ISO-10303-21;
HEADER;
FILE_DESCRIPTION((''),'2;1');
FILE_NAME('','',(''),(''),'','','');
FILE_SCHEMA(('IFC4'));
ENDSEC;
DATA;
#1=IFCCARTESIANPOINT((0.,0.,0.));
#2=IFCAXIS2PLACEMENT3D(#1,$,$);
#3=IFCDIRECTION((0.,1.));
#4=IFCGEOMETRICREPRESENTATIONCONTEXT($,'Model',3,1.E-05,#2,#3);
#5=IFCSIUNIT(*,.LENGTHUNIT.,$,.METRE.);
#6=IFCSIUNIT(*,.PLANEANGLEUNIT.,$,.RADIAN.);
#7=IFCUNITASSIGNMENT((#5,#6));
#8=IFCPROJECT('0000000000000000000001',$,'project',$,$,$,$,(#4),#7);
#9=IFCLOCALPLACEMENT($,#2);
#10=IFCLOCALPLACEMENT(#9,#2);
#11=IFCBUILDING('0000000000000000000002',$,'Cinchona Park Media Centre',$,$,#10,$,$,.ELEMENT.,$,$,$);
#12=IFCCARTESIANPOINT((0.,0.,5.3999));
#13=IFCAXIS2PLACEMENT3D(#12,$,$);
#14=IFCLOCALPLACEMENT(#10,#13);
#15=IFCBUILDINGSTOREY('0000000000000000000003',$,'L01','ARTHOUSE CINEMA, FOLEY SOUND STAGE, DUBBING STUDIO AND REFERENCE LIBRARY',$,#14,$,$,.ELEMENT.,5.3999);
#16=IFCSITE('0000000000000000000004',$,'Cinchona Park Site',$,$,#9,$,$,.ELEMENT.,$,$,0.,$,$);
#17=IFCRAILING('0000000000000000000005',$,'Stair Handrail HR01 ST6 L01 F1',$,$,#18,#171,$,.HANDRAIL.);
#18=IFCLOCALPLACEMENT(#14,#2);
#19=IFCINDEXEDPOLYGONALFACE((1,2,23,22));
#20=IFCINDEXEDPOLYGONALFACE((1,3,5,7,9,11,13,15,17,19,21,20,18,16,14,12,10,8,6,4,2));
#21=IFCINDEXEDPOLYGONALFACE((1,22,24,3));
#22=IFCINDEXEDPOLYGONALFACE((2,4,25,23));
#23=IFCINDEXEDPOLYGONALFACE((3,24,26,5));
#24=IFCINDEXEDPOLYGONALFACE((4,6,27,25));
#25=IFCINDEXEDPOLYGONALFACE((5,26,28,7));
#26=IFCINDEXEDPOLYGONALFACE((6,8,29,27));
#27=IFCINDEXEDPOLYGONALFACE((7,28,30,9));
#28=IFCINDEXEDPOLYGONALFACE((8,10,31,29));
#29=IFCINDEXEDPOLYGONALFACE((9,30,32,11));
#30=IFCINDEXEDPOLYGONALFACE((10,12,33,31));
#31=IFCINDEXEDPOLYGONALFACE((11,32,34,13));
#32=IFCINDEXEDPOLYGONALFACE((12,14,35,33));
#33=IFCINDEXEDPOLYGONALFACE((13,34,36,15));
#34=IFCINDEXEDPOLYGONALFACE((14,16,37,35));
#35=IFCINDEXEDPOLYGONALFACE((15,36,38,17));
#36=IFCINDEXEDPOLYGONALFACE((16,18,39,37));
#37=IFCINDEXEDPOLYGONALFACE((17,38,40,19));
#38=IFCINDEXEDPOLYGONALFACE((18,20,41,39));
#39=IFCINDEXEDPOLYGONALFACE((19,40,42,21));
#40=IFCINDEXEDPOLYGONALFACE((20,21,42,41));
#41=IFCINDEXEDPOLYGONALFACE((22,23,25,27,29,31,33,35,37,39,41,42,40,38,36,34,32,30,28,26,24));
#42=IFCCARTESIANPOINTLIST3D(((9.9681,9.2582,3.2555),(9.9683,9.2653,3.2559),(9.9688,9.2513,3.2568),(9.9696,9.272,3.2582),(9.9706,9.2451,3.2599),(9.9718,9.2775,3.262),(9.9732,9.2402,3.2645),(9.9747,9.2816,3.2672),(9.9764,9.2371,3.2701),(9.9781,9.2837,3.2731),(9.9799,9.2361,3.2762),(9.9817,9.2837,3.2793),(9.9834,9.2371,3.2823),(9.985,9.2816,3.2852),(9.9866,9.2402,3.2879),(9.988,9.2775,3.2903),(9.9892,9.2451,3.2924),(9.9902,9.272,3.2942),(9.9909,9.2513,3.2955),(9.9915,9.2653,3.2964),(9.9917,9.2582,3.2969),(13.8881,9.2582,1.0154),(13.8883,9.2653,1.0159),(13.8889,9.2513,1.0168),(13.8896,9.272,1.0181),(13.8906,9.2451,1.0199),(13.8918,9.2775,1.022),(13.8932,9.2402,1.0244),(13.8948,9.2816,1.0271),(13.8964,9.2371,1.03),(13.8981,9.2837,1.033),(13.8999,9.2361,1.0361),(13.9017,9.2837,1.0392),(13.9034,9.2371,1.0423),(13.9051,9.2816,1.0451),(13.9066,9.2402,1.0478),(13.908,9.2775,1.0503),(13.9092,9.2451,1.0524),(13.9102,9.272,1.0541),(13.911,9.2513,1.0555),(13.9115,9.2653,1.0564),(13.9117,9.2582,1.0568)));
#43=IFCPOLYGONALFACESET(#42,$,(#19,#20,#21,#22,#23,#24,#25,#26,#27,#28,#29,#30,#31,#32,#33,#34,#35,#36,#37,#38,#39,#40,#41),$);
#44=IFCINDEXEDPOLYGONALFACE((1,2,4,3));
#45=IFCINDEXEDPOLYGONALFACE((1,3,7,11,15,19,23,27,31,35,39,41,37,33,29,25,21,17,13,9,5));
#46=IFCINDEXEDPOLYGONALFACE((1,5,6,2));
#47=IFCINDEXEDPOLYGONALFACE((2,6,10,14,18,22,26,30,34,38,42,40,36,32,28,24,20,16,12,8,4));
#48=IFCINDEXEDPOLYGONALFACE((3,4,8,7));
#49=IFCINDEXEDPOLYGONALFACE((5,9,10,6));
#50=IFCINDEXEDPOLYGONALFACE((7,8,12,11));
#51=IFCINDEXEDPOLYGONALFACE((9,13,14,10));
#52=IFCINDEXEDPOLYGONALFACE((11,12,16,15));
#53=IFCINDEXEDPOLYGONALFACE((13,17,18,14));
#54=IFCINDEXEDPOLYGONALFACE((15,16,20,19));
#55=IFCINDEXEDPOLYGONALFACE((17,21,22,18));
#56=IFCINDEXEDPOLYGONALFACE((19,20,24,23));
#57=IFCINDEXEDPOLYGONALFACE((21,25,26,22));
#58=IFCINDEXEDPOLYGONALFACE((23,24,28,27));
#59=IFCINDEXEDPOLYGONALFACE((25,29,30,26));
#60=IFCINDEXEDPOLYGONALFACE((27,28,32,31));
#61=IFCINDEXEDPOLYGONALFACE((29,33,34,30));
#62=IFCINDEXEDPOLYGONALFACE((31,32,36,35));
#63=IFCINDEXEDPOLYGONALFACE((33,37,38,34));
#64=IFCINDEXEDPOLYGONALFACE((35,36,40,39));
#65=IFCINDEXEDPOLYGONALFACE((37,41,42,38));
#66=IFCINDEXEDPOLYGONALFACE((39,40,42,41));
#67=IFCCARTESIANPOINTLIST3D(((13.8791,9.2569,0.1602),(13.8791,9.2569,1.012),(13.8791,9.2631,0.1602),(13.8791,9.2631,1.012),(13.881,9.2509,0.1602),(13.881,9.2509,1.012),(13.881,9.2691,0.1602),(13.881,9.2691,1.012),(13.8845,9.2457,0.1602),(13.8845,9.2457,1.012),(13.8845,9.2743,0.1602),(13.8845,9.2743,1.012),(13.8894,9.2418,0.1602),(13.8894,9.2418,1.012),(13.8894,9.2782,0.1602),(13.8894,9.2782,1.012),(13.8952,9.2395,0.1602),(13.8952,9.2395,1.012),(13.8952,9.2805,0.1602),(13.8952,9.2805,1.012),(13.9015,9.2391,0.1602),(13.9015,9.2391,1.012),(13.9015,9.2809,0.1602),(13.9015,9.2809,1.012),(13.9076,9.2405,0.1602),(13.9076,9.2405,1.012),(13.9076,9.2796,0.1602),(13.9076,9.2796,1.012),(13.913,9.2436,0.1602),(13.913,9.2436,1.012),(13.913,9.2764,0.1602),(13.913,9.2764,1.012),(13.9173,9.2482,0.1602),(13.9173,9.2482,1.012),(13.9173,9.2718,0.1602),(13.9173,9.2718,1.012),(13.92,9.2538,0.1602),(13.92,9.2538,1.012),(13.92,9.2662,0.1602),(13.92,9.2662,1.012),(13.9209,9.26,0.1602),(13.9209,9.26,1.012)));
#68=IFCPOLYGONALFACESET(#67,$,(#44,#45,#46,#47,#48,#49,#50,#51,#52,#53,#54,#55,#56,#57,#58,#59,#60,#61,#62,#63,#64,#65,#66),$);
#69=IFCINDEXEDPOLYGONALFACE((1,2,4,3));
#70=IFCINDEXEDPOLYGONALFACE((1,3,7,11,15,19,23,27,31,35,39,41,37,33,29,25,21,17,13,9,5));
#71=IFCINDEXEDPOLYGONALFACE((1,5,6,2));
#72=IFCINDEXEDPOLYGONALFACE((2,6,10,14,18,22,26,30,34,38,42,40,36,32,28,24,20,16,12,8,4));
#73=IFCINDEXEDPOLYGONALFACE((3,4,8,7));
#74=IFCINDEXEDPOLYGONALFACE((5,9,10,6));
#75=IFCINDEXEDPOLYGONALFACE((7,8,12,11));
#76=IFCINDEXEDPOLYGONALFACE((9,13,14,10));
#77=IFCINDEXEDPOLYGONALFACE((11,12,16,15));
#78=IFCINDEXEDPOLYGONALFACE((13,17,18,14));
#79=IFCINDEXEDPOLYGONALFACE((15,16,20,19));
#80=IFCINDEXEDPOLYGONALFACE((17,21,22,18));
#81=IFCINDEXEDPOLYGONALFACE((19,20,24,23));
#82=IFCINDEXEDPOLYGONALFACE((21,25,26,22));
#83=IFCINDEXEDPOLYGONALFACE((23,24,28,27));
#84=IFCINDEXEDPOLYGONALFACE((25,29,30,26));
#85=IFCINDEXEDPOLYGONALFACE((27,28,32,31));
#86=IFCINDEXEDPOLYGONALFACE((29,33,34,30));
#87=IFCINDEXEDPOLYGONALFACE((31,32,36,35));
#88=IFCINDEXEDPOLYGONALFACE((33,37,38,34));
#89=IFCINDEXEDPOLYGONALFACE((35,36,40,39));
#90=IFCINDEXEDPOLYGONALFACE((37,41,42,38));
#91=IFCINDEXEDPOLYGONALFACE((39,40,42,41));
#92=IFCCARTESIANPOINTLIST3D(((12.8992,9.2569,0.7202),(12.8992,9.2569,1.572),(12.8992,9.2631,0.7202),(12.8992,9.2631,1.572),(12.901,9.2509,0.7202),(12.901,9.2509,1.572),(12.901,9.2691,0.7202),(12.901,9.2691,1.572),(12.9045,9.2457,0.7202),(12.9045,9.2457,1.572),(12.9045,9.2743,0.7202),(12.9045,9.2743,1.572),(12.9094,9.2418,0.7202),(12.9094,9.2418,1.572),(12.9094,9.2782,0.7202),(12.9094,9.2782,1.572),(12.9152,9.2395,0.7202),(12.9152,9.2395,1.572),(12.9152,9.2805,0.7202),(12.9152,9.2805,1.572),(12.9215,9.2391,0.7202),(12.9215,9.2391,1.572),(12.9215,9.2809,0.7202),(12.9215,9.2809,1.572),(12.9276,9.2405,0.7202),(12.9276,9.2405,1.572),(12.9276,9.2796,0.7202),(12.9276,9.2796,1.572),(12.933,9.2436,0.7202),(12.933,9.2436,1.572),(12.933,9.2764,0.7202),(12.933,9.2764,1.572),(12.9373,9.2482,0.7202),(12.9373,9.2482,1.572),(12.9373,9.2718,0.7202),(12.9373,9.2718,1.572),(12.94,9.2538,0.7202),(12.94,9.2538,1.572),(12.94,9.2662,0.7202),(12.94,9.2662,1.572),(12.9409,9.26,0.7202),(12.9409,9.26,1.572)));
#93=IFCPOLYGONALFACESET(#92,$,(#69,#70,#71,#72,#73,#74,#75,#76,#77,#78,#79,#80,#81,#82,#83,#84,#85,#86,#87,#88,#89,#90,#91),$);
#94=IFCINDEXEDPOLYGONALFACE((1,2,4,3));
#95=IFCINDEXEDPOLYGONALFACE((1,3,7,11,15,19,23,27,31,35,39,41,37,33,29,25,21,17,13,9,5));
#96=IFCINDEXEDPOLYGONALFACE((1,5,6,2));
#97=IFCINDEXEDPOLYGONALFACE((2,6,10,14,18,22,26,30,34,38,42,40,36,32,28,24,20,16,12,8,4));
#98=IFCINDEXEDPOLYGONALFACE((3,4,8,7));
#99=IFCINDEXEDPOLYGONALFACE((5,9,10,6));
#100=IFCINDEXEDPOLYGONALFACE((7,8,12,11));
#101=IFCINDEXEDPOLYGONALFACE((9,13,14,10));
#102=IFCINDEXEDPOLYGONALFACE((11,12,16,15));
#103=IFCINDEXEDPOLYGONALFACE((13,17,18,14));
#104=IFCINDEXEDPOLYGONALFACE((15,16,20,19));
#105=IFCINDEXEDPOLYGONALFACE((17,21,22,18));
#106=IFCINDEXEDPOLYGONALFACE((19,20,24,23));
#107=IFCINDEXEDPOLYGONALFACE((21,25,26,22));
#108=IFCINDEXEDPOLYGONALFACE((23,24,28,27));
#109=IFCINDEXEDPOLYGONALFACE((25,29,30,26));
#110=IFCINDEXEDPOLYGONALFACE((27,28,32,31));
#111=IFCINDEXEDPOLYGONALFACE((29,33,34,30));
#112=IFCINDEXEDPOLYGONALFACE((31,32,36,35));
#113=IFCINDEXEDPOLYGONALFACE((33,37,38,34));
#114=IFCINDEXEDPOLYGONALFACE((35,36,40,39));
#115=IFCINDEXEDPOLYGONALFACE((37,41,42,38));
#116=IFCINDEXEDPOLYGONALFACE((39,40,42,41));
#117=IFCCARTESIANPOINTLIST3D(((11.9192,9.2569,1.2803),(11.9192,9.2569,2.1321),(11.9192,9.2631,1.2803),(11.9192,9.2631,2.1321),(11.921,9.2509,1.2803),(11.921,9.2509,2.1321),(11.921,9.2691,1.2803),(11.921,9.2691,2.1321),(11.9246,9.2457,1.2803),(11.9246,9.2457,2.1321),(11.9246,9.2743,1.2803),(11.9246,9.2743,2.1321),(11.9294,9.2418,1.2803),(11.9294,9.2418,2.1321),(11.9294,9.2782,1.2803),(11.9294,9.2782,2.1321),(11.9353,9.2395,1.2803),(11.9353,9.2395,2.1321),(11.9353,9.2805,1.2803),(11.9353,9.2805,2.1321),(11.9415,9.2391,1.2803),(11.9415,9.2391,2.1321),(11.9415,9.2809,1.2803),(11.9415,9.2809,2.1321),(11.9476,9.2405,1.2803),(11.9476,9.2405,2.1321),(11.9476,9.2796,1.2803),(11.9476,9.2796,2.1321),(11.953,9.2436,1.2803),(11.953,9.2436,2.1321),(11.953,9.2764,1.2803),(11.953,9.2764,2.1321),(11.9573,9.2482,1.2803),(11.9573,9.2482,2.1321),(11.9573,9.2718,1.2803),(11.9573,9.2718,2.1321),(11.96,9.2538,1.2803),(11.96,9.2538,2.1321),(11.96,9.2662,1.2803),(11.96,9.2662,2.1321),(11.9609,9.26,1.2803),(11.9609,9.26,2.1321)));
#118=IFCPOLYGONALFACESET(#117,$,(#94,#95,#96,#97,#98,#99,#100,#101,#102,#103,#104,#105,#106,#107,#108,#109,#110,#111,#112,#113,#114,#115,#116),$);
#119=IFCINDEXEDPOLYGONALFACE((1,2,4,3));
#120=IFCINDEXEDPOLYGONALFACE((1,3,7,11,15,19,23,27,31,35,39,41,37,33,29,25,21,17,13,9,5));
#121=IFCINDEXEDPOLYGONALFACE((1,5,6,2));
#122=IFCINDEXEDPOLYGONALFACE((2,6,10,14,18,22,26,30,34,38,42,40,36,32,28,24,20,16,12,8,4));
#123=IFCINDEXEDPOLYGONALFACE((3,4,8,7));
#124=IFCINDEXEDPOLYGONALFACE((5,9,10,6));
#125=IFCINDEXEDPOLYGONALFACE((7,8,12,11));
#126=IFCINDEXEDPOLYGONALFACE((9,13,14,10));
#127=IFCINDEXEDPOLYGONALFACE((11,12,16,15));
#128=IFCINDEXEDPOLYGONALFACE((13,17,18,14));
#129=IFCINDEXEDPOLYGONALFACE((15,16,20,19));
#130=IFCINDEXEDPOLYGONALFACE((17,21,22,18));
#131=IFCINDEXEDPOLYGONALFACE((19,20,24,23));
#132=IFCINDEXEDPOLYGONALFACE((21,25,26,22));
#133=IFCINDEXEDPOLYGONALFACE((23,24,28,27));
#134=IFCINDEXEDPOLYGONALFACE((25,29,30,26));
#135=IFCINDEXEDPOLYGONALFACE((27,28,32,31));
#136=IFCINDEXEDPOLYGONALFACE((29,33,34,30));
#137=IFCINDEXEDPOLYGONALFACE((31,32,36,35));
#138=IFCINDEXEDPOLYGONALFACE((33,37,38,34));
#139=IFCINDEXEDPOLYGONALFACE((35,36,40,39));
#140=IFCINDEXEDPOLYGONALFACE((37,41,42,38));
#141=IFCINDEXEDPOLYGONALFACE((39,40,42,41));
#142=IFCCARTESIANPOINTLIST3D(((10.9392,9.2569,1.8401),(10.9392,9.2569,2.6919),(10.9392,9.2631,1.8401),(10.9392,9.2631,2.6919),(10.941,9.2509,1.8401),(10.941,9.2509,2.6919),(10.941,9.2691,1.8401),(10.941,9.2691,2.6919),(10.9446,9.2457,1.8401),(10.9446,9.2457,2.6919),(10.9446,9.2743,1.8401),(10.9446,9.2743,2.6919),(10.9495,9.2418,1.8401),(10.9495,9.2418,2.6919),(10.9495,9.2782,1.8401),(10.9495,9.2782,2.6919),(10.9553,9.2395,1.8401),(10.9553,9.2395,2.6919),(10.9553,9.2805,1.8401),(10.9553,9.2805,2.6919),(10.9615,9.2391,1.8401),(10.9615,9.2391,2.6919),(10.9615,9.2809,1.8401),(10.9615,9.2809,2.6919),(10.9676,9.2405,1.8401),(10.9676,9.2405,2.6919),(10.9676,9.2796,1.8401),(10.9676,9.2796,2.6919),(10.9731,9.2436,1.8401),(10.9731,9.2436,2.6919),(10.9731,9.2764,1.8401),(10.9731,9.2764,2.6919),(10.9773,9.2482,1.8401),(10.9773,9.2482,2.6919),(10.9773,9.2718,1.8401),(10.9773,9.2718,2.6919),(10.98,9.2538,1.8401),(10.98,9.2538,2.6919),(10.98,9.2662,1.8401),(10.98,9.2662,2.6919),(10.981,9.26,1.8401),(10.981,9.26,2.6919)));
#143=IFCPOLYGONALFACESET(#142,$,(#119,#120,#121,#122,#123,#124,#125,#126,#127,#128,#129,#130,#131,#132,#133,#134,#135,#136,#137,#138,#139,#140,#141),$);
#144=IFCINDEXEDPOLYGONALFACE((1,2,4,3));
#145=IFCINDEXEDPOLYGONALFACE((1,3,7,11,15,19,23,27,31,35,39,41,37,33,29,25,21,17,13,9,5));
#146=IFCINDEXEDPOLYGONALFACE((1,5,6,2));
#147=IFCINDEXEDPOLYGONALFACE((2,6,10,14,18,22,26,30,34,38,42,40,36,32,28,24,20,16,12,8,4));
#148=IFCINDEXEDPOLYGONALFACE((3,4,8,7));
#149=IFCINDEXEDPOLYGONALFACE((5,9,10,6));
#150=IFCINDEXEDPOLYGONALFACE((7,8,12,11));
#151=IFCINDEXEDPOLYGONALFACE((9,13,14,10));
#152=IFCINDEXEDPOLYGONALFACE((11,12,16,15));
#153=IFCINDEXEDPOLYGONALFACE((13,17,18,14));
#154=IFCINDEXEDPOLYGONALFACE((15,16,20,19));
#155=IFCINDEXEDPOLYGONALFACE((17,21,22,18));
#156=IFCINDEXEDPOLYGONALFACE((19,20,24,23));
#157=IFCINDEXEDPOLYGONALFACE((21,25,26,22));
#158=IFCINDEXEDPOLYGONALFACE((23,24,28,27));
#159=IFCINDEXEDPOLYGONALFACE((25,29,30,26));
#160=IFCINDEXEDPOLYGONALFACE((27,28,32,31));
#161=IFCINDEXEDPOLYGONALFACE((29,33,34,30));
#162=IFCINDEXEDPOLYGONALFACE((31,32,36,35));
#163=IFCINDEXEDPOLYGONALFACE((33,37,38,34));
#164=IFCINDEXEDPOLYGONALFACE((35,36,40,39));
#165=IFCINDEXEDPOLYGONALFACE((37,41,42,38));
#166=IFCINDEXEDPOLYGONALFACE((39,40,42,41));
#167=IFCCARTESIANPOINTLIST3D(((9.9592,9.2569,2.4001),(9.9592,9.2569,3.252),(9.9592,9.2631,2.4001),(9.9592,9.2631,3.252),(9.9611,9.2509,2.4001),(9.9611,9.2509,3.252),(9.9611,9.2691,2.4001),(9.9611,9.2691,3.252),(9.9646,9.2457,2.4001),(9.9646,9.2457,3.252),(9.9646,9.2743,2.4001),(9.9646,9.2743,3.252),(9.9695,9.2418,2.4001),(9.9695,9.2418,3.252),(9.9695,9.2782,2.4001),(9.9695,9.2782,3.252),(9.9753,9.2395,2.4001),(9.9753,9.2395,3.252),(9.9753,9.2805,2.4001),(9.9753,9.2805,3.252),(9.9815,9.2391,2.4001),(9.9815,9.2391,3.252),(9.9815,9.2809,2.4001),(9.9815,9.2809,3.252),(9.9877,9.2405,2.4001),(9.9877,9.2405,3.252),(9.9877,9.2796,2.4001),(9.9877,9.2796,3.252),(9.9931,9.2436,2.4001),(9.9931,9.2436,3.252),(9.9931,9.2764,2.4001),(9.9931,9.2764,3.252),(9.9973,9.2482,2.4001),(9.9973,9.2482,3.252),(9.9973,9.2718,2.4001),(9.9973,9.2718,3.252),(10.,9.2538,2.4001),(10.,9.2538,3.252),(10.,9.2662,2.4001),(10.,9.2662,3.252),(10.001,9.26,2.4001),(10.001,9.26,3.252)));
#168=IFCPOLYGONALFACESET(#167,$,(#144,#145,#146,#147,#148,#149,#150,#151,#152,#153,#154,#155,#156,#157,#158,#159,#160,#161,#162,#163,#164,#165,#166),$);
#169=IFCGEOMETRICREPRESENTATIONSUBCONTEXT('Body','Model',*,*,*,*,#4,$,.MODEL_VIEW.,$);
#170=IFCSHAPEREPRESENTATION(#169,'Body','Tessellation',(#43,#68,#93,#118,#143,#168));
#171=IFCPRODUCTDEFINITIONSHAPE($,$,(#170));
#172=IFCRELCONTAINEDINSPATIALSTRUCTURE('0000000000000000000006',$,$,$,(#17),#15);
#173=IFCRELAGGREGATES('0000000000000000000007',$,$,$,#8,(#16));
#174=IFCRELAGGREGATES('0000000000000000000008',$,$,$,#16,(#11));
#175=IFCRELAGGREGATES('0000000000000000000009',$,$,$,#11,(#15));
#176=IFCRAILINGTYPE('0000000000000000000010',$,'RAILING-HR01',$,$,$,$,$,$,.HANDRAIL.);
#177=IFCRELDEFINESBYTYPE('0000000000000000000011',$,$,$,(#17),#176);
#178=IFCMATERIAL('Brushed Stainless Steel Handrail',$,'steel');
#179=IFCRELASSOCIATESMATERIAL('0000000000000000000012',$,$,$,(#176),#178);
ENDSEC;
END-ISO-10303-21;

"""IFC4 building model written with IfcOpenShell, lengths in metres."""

from ifc_helpers import new_model, si_unit, direction, frame, origin, origin_2d, place, context, subcontext, project, spatial, circle, extrude, material, type_object, element, save


model = new_model("IFC4")

# Units and contexts
model_context = context("Model", 3, precision=1e-05, world=origin(), true_north=direction((0.0, 1.0)))
body_context = subcontext(model_context, "Body", "Model", "MODEL_VIEW")
ifc_project = project(units=[si_unit("LENGTHUNIT", "METRE"), si_unit("PLANEANGLEUNIT", "RADIAN")], contexts=[model_context])

# Site, building, storey
site_placement = place(None, origin())
site = spatial("IfcSite", under=ifc_project, at=site_placement, Name="Cinchona Park Site", CompositionType="ELEMENT", RefElevation=0.0)
building_placement = place(site_placement, origin())
building = spatial("IfcBuilding", under=site, at=building_placement, Name="Cinchona Park Media Centre", CompositionType="ELEMENT")
storey_placement = place(building_placement, frame((0.0, 0.0, 5.3999)))
storey = spatial("IfcBuildingStorey", under=building, at=storey_placement, Name="L01", Description="ARTHOUSE CINEMA, FOLEY SOUND STAGE, DUBBING STUDIO AND REFERENCE LIBRARY", CompositionType="ELEMENT", Elevation=5.3999)

# Railing
ifc_material_1 = material(Name="Brushed Stainless Steel Handrail", Category="steel")
railing_type = type_object("IfcRailingType", Name="RAILING-HR01", PredefinedType="HANDRAIL", material=ifc_material_1)
railing_placement = place(storey_placement, frame((13.8999, 9.26, 0.1602)))
element("IfcRailing", 1, at=railing_placement, inside=storey, type_object=railing_type, Name="Stair Handrail HR01 ST6 L01 F1", PredefinedType="HANDRAIL", context=body_context, shape_type="SweptSolid", body=[
    extrude(circle(Radius=0.0239, at=origin_2d()), frame((0.0, 0.0, 0.876), z_axis=(-0.86824, 0.0, 0.496145), x_axis=(0.0, -1.0, 0.0)), (0.0, 0.0, 1.0), 4.5149),
    extrude(circle(Radius=0.021, at=origin_2d()), origin(), (0.0, 0.0, 1.0), 0.8518),
    extrude(circle(Radius=0.021, at=origin_2d()), frame((-0.98, 0.0, 0.5601)), (0.0, 0.0, 1.0), 0.8518),
    extrude(circle(Radius=0.021, at=origin_2d()), frame((-1.96, 0.0, 1.1201)), (0.0, 0.0, 1.0), 0.8518),
    extrude(circle(Radius=0.021, at=origin_2d()), frame((-2.9399, 0.0, 1.6799)), (0.0, 0.0, 1.0), 0.8518),
    extrude(circle(Radius=0.021, at=origin_2d()), frame((-3.9199, 0.0, 2.24)), (0.0, 0.0, 1.0), 0.8518),
])

save(model, "model.ifc")
